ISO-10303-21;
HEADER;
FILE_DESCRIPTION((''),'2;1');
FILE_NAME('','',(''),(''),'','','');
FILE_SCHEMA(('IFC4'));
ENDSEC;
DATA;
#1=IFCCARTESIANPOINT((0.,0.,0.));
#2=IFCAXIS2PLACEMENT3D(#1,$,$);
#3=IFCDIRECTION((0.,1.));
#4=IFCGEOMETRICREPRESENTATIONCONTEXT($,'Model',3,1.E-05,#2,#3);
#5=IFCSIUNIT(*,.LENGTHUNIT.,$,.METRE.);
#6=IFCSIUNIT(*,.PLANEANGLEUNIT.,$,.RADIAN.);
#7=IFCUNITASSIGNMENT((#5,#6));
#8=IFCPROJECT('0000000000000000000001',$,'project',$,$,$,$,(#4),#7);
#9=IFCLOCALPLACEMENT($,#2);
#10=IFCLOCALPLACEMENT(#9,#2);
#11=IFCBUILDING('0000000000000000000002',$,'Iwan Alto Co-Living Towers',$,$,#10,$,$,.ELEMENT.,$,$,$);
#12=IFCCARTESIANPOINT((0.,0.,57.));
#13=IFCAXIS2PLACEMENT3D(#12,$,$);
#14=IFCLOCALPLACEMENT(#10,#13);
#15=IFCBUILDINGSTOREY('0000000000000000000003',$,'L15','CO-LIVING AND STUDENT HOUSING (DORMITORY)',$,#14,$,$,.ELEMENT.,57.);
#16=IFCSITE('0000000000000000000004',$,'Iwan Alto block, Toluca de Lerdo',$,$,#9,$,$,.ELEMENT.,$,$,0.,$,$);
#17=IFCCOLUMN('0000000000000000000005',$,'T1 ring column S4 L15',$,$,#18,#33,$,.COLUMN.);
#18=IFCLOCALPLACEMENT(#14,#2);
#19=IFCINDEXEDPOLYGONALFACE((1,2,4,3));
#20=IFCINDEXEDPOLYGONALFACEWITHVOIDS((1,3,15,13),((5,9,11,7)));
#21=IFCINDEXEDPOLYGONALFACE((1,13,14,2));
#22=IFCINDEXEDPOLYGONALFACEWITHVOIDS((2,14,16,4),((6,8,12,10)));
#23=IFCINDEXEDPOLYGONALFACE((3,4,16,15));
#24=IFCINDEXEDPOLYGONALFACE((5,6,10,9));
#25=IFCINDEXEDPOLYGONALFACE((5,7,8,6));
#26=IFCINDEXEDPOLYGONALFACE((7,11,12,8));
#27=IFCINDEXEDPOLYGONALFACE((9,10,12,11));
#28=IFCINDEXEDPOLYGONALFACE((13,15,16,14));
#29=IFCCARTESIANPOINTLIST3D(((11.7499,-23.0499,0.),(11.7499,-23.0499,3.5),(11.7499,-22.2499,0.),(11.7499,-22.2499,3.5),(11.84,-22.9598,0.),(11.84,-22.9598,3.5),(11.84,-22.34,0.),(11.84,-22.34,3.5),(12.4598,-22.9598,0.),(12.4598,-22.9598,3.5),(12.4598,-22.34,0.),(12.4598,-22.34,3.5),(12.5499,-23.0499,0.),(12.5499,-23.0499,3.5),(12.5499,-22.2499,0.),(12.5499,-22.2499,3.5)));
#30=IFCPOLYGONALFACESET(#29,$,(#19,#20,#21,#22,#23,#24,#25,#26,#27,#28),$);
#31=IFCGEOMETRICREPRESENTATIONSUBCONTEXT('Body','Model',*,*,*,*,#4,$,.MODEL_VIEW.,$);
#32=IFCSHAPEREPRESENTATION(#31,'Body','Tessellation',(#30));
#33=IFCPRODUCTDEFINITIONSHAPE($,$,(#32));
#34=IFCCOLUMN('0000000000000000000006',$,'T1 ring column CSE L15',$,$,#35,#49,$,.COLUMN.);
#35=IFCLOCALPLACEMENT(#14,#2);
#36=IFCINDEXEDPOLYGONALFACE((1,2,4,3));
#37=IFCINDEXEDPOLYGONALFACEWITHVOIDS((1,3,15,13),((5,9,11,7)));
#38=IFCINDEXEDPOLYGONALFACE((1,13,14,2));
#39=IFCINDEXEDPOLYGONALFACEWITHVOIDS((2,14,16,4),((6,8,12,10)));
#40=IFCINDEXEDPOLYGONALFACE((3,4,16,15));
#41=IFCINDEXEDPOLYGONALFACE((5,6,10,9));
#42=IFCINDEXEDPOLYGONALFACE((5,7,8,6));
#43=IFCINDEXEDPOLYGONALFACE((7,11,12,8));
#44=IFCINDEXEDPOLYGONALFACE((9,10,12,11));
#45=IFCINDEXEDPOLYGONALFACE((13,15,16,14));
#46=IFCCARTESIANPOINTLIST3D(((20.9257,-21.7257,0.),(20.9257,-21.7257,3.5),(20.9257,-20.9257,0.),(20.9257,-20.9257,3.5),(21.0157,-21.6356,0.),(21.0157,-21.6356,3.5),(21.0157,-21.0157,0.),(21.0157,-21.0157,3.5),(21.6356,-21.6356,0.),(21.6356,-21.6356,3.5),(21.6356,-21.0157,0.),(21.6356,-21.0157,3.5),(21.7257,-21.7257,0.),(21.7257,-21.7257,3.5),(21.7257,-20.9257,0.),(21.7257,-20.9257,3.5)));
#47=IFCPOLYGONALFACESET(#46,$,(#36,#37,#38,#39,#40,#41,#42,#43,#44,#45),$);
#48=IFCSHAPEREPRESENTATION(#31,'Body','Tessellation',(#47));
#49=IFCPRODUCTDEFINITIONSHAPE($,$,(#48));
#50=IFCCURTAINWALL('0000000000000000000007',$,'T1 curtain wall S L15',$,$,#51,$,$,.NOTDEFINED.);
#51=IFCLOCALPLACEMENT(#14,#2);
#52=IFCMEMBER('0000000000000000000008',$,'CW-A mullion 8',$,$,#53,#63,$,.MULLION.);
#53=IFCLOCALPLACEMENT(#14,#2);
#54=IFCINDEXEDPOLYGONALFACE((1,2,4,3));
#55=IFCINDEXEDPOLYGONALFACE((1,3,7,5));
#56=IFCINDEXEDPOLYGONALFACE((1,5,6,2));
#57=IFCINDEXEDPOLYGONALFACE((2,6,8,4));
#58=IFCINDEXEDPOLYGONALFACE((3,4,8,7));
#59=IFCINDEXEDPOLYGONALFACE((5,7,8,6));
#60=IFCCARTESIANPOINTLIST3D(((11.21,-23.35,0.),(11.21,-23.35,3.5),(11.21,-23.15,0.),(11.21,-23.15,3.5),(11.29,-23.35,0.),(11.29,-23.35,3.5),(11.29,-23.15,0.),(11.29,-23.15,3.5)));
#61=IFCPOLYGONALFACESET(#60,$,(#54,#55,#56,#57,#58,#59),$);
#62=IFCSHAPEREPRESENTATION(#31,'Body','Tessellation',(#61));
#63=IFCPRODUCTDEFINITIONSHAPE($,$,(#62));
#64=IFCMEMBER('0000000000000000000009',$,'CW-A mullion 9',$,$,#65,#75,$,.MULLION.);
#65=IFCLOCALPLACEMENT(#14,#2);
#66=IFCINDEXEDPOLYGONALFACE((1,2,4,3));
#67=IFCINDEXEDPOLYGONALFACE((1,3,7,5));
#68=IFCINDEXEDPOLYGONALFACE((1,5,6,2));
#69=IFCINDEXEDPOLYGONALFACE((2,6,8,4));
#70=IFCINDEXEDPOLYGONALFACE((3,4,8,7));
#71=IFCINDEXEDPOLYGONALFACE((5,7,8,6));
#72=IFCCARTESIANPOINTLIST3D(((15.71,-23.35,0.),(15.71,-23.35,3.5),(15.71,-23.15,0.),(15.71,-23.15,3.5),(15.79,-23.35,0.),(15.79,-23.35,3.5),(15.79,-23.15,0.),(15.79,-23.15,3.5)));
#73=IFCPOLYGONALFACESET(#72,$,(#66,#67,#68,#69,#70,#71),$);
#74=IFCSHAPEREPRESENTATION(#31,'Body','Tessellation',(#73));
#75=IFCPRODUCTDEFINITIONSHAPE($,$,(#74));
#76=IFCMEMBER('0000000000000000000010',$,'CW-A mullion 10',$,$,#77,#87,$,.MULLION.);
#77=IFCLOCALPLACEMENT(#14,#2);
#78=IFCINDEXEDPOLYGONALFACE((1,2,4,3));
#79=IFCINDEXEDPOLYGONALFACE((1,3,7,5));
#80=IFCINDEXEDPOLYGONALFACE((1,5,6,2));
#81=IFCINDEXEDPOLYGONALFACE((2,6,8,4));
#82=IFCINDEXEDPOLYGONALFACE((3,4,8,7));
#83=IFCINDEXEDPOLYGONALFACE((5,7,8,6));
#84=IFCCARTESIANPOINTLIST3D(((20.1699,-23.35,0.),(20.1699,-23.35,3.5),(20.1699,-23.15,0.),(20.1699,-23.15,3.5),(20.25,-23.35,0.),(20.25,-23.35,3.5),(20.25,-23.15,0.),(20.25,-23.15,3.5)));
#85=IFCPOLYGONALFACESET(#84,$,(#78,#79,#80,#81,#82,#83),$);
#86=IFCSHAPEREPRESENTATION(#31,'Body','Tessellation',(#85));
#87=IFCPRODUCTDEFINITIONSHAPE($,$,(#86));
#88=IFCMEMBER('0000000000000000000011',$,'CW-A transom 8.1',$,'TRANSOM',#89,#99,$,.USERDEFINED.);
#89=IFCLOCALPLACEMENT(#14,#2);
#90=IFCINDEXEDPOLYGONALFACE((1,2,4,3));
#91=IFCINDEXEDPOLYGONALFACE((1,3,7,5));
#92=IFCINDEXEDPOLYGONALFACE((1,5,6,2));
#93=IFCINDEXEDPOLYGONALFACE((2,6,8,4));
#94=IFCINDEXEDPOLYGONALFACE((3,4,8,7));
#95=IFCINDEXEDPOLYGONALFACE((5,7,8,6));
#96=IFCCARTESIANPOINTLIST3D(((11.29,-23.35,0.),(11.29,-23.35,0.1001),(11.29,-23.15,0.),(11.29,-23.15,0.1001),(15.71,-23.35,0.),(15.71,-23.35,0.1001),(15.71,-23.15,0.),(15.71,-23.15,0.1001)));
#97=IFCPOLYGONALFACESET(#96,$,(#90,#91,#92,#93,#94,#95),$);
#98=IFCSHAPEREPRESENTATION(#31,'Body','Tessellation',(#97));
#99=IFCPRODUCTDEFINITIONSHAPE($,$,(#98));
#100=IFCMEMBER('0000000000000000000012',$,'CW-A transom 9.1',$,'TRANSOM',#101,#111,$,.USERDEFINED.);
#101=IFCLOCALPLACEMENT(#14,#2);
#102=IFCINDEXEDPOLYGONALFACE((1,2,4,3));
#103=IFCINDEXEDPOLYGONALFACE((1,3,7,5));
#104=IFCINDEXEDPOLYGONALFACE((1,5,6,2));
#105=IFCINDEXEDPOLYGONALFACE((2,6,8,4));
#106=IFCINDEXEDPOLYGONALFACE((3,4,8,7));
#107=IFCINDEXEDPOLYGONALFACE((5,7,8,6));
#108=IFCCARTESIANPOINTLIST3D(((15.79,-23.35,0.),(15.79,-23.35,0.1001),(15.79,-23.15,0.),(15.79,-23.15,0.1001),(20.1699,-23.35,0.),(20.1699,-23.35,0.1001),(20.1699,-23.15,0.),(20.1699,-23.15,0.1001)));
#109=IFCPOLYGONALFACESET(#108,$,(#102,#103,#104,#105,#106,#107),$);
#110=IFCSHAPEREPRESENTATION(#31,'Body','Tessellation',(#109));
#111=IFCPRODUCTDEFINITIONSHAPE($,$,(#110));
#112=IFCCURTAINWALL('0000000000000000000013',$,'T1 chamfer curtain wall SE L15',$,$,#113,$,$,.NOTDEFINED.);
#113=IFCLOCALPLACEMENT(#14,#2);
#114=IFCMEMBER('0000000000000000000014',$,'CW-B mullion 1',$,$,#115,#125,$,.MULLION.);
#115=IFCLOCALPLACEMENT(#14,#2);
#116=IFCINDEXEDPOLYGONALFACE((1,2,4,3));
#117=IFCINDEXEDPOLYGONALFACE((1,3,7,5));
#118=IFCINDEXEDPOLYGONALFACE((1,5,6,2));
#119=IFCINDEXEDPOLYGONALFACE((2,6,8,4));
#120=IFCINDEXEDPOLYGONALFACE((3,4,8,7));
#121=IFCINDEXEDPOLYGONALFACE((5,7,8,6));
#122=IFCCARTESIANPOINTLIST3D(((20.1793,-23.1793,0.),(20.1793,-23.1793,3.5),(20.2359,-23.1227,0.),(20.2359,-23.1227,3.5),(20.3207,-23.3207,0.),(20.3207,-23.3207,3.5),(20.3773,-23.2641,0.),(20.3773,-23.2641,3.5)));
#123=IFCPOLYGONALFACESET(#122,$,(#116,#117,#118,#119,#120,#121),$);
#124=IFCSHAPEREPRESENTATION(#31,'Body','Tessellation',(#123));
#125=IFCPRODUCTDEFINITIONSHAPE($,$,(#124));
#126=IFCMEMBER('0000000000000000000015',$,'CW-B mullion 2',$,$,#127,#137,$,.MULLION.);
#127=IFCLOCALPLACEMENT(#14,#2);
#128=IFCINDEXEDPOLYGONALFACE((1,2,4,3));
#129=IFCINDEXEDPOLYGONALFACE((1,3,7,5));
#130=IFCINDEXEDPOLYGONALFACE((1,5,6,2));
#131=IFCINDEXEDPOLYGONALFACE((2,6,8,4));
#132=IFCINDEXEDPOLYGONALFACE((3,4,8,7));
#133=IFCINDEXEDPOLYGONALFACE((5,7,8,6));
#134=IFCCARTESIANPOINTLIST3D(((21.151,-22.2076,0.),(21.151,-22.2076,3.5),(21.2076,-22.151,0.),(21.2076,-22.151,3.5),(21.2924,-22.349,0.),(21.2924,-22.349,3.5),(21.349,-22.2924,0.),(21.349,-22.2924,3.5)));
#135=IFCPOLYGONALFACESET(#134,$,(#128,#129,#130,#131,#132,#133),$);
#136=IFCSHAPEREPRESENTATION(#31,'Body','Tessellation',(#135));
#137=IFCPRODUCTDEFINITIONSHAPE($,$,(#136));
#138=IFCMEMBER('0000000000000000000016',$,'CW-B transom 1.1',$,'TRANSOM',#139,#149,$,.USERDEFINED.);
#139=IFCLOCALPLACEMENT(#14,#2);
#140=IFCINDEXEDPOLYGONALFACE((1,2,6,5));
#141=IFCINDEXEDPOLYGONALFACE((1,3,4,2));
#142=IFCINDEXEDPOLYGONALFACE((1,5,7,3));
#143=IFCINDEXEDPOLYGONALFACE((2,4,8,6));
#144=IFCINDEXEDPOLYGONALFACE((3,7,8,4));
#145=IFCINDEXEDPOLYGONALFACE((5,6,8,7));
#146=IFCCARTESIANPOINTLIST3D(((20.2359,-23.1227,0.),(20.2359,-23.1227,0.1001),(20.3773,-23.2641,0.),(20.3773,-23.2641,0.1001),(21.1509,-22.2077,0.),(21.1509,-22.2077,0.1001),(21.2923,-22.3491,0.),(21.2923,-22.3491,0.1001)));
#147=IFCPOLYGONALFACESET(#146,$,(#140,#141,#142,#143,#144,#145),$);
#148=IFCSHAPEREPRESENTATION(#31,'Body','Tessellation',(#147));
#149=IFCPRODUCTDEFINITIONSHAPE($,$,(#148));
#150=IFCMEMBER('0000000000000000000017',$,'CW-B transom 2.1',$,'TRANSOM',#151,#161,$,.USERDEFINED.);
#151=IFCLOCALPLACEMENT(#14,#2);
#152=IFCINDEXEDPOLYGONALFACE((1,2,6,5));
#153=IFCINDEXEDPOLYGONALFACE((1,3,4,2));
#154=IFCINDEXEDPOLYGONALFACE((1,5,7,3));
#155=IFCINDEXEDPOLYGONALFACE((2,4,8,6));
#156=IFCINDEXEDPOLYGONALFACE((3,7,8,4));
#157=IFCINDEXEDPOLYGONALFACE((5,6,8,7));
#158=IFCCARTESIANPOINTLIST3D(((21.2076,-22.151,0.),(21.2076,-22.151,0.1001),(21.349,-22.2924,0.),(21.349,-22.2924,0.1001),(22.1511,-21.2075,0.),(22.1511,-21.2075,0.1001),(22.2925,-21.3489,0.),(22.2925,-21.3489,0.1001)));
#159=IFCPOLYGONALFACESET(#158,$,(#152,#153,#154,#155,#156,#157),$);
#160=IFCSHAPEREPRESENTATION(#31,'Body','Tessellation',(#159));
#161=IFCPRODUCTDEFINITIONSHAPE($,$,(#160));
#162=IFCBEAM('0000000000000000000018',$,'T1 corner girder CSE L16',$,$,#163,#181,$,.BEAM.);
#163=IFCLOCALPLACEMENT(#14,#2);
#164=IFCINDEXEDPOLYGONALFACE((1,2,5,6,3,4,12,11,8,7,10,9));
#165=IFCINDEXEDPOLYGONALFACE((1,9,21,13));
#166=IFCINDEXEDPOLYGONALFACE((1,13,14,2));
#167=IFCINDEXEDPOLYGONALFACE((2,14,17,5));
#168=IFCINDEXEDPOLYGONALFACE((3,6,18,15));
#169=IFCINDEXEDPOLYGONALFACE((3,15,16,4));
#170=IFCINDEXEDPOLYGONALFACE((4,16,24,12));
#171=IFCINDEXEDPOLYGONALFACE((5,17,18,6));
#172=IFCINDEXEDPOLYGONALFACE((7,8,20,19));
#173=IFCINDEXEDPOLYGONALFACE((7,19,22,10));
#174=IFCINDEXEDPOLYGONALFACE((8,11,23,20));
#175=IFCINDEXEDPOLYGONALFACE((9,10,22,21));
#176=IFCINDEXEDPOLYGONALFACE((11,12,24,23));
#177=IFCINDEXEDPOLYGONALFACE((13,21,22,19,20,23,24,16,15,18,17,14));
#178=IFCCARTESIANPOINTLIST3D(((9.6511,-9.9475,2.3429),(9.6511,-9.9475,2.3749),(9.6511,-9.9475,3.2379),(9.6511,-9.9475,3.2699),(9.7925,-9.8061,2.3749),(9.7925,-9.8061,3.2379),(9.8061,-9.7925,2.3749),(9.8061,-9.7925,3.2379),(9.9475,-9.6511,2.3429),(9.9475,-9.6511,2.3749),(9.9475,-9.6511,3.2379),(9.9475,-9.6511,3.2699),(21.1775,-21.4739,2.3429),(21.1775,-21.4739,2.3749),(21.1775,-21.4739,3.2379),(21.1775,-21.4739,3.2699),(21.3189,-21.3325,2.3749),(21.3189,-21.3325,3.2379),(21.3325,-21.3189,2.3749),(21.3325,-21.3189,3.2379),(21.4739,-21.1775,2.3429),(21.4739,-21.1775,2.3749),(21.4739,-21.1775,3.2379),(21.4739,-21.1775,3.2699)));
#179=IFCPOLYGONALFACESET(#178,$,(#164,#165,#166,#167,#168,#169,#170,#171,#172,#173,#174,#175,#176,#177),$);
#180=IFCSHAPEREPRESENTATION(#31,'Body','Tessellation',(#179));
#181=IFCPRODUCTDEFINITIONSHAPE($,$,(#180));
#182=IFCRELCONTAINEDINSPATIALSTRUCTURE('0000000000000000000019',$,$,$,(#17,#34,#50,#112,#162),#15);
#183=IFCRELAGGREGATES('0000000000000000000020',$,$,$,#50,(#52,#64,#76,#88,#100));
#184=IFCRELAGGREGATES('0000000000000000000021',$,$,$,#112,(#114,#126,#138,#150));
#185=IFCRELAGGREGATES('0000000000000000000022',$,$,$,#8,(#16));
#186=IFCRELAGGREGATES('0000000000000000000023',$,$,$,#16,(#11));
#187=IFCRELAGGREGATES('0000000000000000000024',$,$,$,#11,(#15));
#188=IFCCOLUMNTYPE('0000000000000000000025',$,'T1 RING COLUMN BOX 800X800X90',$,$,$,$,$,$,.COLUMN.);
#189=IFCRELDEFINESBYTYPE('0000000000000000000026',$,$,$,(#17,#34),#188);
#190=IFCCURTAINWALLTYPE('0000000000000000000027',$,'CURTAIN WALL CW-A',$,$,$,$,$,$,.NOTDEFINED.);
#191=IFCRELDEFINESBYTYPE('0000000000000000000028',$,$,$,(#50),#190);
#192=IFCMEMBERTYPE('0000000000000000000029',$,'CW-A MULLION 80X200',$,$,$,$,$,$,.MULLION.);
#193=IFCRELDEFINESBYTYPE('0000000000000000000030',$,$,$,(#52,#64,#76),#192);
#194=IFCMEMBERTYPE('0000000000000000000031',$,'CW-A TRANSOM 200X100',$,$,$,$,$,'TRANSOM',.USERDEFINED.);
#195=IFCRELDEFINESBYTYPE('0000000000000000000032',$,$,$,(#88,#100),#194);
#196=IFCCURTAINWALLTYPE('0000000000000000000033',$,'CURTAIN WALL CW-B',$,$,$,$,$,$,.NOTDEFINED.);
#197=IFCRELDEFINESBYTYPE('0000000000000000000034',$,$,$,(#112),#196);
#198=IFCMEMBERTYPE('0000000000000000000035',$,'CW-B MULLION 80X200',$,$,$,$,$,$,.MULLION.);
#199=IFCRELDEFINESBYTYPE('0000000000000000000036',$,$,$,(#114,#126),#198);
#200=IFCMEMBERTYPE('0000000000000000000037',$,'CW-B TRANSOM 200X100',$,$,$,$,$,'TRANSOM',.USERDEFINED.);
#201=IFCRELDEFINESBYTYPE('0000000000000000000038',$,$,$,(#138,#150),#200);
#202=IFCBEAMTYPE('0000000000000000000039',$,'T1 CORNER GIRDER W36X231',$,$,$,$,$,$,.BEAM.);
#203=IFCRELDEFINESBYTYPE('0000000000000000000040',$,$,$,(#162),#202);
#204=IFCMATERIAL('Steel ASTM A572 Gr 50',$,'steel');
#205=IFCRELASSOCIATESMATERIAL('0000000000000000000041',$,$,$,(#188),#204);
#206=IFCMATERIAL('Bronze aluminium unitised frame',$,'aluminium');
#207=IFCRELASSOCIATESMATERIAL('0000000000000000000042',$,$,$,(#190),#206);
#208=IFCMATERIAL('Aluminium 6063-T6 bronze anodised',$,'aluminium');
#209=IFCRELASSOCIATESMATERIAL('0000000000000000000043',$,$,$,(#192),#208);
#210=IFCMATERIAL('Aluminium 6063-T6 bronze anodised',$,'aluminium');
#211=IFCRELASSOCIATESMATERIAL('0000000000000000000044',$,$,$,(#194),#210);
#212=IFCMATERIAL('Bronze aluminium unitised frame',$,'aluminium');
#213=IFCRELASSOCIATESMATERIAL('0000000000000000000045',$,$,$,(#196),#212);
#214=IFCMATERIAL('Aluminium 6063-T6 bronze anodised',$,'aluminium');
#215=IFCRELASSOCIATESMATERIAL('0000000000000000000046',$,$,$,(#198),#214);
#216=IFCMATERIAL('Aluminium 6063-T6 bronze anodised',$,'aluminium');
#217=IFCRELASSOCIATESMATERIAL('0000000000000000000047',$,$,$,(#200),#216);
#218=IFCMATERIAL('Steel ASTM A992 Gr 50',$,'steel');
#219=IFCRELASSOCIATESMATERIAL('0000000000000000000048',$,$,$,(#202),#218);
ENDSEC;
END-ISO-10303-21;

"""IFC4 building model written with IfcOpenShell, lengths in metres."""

from ifc_helpers import new_model, si_unit, direction, frame, origin, origin_2d, place, context, subcontext, project, spatial, rectangle, hollow_rectangle, i_section, extrude, material, material_profile, profile_set, type_object, element, aggregate, save


model = new_model("IFC4")

# Units and contexts
model_context = context("Model", 3, precision=1e-05, world=origin(), true_north=direction((0.0, 1.0)))
body_context = subcontext(model_context, "Body", "Model", "MODEL_VIEW")
ifc_project = project(units=[si_unit("LENGTHUNIT", "METRE"), si_unit("PLANEANGLEUNIT", "RADIAN")], contexts=[model_context])

# Site, building, storey
site_placement = place(None, origin())
site = spatial("IfcSite", under=ifc_project, at=site_placement, Name="Iwan Alto block, Toluca de Lerdo", CompositionType="ELEMENT", RefElevation=0.0)
building_placement = place(site_placement, origin())
building = spatial("IfcBuilding", under=site, at=building_placement, Name="Iwan Alto Co-Living Towers", CompositionType="ELEMENT")
storey_placement = place(building_placement, frame((0.0, 0.0, 57.0)))
storey = spatial("IfcBuildingStorey", under=building, at=storey_placement, Name="L15", Description="CO-LIVING AND STUDENT HOUSING (DORMITORY)", CompositionType="ELEMENT", Elevation=57.0)

# Columns
ifc_material_1 = material(Name="Steel ASTM A572 Gr 50", Category="steel")
ifc_material_profile_1 = material_profile(ifc_material_1, hollow_rectangle(XDim=0.8, YDim=0.8, WallThickness=0.0901, at=origin_2d()), Name="BOX 800X800X90")
ifc_profile_set_1 = profile_set([ifc_material_profile_1], Name="Steel ASTM A572 Gr 50")
column_type = type_object("IfcColumnType", Name="T1 RING COLUMN BOX 800X800X90", PredefinedType="COLUMN", material=ifc_profile_set_1)
for number, where, z_axis, x_axis, name in (
    (1, (12.1499, -22.6499, 0.0), (0.0, 0.0, 1.0), (1.0, 0.0, 0.0), "T1 ring column S4 L15"),
    (2, (21.3257, -21.3257, 0.0), (0.0, 0.0, 1.0), (1.0, 0.0, 0.0), "T1 ring column CSE L15"),
):
    element("IfcColumn", number, at=place(storey_placement, frame(where, z_axis=z_axis, x_axis=x_axis)), inside=storey, type_object=column_type, Name=name, PredefinedType="COLUMN", context=body_context, shape_type="SweptSolid", body=[
        extrude(hollow_rectangle(XDim=0.8, YDim=0.8, WallThickness=0.0901, at=origin_2d()), origin(), (0.0, 0.0, 1.0), 3.5),
    ])

# Curtain walls, members
ifc_material_2 = material(Name="Bronze aluminium unitised frame", Category="aluminium")
curtain_wall_type_1 = type_object("IfcCurtainWallType", Name="CURTAIN WALL CW-A", PredefinedType="NOTDEFINED", material=ifc_material_2)
curtain_wall_1_placement = place(storey_placement, origin())
curtain_wall_1 = element("IfcCurtainWall", 3, at=curtain_wall_1_placement, inside=storey, type_object=curtain_wall_type_1, Name="T1 curtain wall S L15", PredefinedType="NOTDEFINED")
ifc_material_3 = material(Name="Aluminium 6063-T6 bronze anodised", Category="aluminium")
ifc_material_profile_2 = material_profile(ifc_material_3, rectangle(XDim=0.2, YDim=0.0801, at=origin_2d()), Name="AL 80X200")
ifc_profile_set_2 = profile_set([ifc_material_profile_2], Name="Aluminium 6063-T6 bronze anodised")
member_type_1 = type_object("IfcMemberType", Name="CW-A MULLION 80X200", PredefinedType="MULLION", material=ifc_profile_set_2)
member_1_placement = place(storey_placement, frame((11.25, -23.25, 0.0), z_axis=(0.0, 0.0, 1.0), x_axis=(0.0, 1.0, 0.0)))
member_1 = element("IfcMember", 4, at=member_1_placement, type_object=member_type_1, Name="CW-A mullion 8", PredefinedType="MULLION", context=body_context, shape_type="SweptSolid", body=[
    extrude(rectangle(XDim=0.2, YDim=0.0801, at=origin_2d()), origin(), (0.0, 0.0, 1.0), 3.5),
])
member_2_placement = place(storey_placement, frame((15.75, -23.25, 0.0), z_axis=(0.0, 0.0, 1.0), x_axis=(0.0, 1.0, 0.0)))
member_2 = element("IfcMember", 5, at=member_2_placement, type_object=member_type_1, Name="CW-A mullion 9", PredefinedType="MULLION", context=body_context, shape_type="SweptSolid", body=[
    extrude(rectangle(XDim=0.2, YDim=0.0801, at=origin_2d()), origin(), (0.0, 0.0, 1.0), 3.5),
])
member_3_placement = place(storey_placement, frame((20.21, -23.25, 0.0), z_axis=(0.0, 0.0, 1.0), x_axis=(0.0, 1.0, 0.0)))
member_3 = element("IfcMember", 6, at=member_3_placement, type_object=member_type_1, Name="CW-A mullion 10", PredefinedType="MULLION", context=body_context, shape_type="SweptSolid", body=[
    extrude(rectangle(XDim=0.2, YDim=0.0801, at=origin_2d()), origin(), (0.0, 0.0, 1.0), 3.5),
])
ifc_material_4 = material(Name="Aluminium 6063-T6 bronze anodised", Category="aluminium")
ifc_material_profile_3 = material_profile(ifc_material_4, rectangle(XDim=0.2, YDim=0.1001, at=origin_2d()), Name="AL 200X100")
ifc_profile_set_3 = profile_set([ifc_material_profile_3], Name="Aluminium 6063-T6 bronze anodised")
member_type_2 = type_object("IfcMemberType", Name="CW-A TRANSOM 200X100", ElementType="TRANSOM", PredefinedType="USERDEFINED", material=ifc_profile_set_3)
member_4_placement = place(storey_placement, frame((11.29, -23.25, 0.05), z_axis=(1.0, 0.0, 0.0), x_axis=(0.0, 1.0, 0.0)))
member_4 = element("IfcMember", 7, at=member_4_placement, type_object=member_type_2, Name="CW-A transom 8.1", ObjectType="TRANSOM", PredefinedType="USERDEFINED", context=body_context, shape_type="SweptSolid", body=[
    extrude(rectangle(XDim=0.2, YDim=0.1001, at=origin_2d()), origin(), (0.0, 0.0, 1.0), 4.4199),
])
member_5_placement = place(storey_placement, frame((15.79, -23.25, 0.05), z_axis=(1.0, 0.0, 0.0), x_axis=(0.0, 1.0, 0.0)))
member_5 = element("IfcMember", 8, at=member_5_placement, type_object=member_type_2, Name="CW-A transom 9.1", ObjectType="TRANSOM", PredefinedType="USERDEFINED", context=body_context, shape_type="SweptSolid", body=[
    extrude(rectangle(XDim=0.2, YDim=0.1001, at=origin_2d()), origin(), (0.0, 0.0, 1.0), 4.3799),
])
ifc_material_5 = material(Name="Bronze aluminium unitised frame", Category="aluminium")
curtain_wall_type_2 = type_object("IfcCurtainWallType", Name="CURTAIN WALL CW-B", PredefinedType="NOTDEFINED", material=ifc_material_5)
curtain_wall_2_placement = place(storey_placement, origin())
curtain_wall_2 = element("IfcCurtainWall", 9, at=curtain_wall_2_placement, inside=storey, type_object=curtain_wall_type_2, Name="T1 chamfer curtain wall SE L15", PredefinedType="NOTDEFINED")
ifc_material_6 = material(Name="Aluminium 6063-T6 bronze anodised", Category="aluminium")
ifc_material_profile_4 = material_profile(ifc_material_6, rectangle(XDim=0.2, YDim=0.0801, at=origin_2d()), Name="AL 80X200")
ifc_profile_set_4 = profile_set([ifc_material_profile_4], Name="Aluminium 6063-T6 bronze anodised")
member_type_3 = type_object("IfcMemberType", Name="CW-B MULLION 80X200", PredefinedType="MULLION", material=ifc_profile_set_4)
member_6_placement = place(storey_placement, frame((20.2783, -23.2217, 0.0), z_axis=(0.0, 0.0, 1.0), x_axis=(-0.707107, 0.707107, 0.0)))
member_6 = element("IfcMember", 10, at=member_6_placement, type_object=member_type_3, Name="CW-B mullion 1", PredefinedType="MULLION", context=body_context, shape_type="SweptSolid", body=[
    extrude(rectangle(XDim=0.2, YDim=0.0801, at=origin_2d()), origin(), (0.0, 0.0, 1.0), 3.5),
])
member_7_placement = place(storey_placement, frame((21.25, -22.25, 0.0), z_axis=(0.0, 0.0, 1.0), x_axis=(-0.707107, 0.707107, 0.0)))
member_7 = element("IfcMember", 11, at=member_7_placement, type_object=member_type_3, Name="CW-B mullion 2", PredefinedType="MULLION", context=body_context, shape_type="SweptSolid", body=[
    extrude(rectangle(XDim=0.2, YDim=0.0801, at=origin_2d()), origin(), (0.0, 0.0, 1.0), 3.5),
])
ifc_material_7 = material(Name="Aluminium 6063-T6 bronze anodised", Category="aluminium")
ifc_material_profile_5 = material_profile(ifc_material_7, rectangle(XDim=0.2, YDim=0.1001, at=origin_2d()), Name="AL 200X100")
ifc_profile_set_5 = profile_set([ifc_material_profile_5], Name="Aluminium 6063-T6 bronze anodised")
member_type_4 = type_object("IfcMemberType", Name="CW-B TRANSOM 200X100", ElementType="TRANSOM", PredefinedType="USERDEFINED", material=ifc_profile_set_5)
member_8_placement = place(storey_placement, frame((20.3066, -23.1934, 0.05), z_axis=(0.707107, 0.707107, 0.0), x_axis=(-0.707107, 0.707107, 0.0)))
member_8 = element("IfcMember", 12, at=member_8_placement, type_object=member_type_4, Name="CW-B transom 1.1", ObjectType="TRANSOM", PredefinedType="USERDEFINED", context=body_context, shape_type="SweptSolid", body=[
    extrude(rectangle(XDim=0.2, YDim=0.1001, at=origin_2d()), origin(), (0.0, 0.0, 1.0), 1.2939),
])
member_9_placement = place(storey_placement, frame((21.2783, -22.2217, 0.05), z_axis=(0.707107, 0.707107, 0.0), x_axis=(-0.707107, 0.707107, 0.0)))
member_9 = element("IfcMember", 13, at=member_9_placement, type_object=member_type_4, Name="CW-B transom 2.1", ObjectType="TRANSOM", PredefinedType="USERDEFINED", context=body_context, shape_type="SweptSolid", body=[
    extrude(rectangle(XDim=0.2, YDim=0.1001, at=origin_2d()), origin(), (0.0, 0.0, 1.0), 1.3342),
])

# Beam
ifc_material_8 = material(Name="Steel ASTM A992 Gr 50", Category="steel")
ifc_material_profile_6 = material_profile(ifc_material_8, i_section(OverallWidth=0.4192, OverallDepth=0.927, WebThickness=0.0193, FlangeThickness=0.032, at=origin_2d()), Name="W36X231")
ifc_profile_set_6 = profile_set([ifc_material_profile_6], Name="Steel ASTM A992 Gr 50")
beam_type_1 = type_object("IfcBeamType", Name="T1 CORNER GIRDER W36X231", PredefinedType="BEAM", material=ifc_profile_set_6)
beam_1_placement = place(storey_placement, frame((21.3257, -21.3257, 2.8064), z_axis=(-0.707107, 0.707107, 0.0), x_axis=(-0.707107, -0.707107, 0.0)))
element("IfcBeam", 14, at=beam_1_placement, inside=storey, type_object=beam_type_1, Name="T1 corner girder CSE L16", PredefinedType="BEAM", context=body_context, shape_type="SweptSolid", body=[
    extrude(i_section(OverallWidth=0.4192, OverallDepth=0.927, WebThickness=0.0193, FlangeThickness=0.032, at=origin_2d()), origin(), (0.0, 0.0, 1.0), 16.3008),
])

aggregate(curtain_wall_1, [member_1, member_2, member_3, member_4, member_5])
aggregate(curtain_wall_2, [member_6, member_7, member_8, member_9])

save(model, "model.ifc")
